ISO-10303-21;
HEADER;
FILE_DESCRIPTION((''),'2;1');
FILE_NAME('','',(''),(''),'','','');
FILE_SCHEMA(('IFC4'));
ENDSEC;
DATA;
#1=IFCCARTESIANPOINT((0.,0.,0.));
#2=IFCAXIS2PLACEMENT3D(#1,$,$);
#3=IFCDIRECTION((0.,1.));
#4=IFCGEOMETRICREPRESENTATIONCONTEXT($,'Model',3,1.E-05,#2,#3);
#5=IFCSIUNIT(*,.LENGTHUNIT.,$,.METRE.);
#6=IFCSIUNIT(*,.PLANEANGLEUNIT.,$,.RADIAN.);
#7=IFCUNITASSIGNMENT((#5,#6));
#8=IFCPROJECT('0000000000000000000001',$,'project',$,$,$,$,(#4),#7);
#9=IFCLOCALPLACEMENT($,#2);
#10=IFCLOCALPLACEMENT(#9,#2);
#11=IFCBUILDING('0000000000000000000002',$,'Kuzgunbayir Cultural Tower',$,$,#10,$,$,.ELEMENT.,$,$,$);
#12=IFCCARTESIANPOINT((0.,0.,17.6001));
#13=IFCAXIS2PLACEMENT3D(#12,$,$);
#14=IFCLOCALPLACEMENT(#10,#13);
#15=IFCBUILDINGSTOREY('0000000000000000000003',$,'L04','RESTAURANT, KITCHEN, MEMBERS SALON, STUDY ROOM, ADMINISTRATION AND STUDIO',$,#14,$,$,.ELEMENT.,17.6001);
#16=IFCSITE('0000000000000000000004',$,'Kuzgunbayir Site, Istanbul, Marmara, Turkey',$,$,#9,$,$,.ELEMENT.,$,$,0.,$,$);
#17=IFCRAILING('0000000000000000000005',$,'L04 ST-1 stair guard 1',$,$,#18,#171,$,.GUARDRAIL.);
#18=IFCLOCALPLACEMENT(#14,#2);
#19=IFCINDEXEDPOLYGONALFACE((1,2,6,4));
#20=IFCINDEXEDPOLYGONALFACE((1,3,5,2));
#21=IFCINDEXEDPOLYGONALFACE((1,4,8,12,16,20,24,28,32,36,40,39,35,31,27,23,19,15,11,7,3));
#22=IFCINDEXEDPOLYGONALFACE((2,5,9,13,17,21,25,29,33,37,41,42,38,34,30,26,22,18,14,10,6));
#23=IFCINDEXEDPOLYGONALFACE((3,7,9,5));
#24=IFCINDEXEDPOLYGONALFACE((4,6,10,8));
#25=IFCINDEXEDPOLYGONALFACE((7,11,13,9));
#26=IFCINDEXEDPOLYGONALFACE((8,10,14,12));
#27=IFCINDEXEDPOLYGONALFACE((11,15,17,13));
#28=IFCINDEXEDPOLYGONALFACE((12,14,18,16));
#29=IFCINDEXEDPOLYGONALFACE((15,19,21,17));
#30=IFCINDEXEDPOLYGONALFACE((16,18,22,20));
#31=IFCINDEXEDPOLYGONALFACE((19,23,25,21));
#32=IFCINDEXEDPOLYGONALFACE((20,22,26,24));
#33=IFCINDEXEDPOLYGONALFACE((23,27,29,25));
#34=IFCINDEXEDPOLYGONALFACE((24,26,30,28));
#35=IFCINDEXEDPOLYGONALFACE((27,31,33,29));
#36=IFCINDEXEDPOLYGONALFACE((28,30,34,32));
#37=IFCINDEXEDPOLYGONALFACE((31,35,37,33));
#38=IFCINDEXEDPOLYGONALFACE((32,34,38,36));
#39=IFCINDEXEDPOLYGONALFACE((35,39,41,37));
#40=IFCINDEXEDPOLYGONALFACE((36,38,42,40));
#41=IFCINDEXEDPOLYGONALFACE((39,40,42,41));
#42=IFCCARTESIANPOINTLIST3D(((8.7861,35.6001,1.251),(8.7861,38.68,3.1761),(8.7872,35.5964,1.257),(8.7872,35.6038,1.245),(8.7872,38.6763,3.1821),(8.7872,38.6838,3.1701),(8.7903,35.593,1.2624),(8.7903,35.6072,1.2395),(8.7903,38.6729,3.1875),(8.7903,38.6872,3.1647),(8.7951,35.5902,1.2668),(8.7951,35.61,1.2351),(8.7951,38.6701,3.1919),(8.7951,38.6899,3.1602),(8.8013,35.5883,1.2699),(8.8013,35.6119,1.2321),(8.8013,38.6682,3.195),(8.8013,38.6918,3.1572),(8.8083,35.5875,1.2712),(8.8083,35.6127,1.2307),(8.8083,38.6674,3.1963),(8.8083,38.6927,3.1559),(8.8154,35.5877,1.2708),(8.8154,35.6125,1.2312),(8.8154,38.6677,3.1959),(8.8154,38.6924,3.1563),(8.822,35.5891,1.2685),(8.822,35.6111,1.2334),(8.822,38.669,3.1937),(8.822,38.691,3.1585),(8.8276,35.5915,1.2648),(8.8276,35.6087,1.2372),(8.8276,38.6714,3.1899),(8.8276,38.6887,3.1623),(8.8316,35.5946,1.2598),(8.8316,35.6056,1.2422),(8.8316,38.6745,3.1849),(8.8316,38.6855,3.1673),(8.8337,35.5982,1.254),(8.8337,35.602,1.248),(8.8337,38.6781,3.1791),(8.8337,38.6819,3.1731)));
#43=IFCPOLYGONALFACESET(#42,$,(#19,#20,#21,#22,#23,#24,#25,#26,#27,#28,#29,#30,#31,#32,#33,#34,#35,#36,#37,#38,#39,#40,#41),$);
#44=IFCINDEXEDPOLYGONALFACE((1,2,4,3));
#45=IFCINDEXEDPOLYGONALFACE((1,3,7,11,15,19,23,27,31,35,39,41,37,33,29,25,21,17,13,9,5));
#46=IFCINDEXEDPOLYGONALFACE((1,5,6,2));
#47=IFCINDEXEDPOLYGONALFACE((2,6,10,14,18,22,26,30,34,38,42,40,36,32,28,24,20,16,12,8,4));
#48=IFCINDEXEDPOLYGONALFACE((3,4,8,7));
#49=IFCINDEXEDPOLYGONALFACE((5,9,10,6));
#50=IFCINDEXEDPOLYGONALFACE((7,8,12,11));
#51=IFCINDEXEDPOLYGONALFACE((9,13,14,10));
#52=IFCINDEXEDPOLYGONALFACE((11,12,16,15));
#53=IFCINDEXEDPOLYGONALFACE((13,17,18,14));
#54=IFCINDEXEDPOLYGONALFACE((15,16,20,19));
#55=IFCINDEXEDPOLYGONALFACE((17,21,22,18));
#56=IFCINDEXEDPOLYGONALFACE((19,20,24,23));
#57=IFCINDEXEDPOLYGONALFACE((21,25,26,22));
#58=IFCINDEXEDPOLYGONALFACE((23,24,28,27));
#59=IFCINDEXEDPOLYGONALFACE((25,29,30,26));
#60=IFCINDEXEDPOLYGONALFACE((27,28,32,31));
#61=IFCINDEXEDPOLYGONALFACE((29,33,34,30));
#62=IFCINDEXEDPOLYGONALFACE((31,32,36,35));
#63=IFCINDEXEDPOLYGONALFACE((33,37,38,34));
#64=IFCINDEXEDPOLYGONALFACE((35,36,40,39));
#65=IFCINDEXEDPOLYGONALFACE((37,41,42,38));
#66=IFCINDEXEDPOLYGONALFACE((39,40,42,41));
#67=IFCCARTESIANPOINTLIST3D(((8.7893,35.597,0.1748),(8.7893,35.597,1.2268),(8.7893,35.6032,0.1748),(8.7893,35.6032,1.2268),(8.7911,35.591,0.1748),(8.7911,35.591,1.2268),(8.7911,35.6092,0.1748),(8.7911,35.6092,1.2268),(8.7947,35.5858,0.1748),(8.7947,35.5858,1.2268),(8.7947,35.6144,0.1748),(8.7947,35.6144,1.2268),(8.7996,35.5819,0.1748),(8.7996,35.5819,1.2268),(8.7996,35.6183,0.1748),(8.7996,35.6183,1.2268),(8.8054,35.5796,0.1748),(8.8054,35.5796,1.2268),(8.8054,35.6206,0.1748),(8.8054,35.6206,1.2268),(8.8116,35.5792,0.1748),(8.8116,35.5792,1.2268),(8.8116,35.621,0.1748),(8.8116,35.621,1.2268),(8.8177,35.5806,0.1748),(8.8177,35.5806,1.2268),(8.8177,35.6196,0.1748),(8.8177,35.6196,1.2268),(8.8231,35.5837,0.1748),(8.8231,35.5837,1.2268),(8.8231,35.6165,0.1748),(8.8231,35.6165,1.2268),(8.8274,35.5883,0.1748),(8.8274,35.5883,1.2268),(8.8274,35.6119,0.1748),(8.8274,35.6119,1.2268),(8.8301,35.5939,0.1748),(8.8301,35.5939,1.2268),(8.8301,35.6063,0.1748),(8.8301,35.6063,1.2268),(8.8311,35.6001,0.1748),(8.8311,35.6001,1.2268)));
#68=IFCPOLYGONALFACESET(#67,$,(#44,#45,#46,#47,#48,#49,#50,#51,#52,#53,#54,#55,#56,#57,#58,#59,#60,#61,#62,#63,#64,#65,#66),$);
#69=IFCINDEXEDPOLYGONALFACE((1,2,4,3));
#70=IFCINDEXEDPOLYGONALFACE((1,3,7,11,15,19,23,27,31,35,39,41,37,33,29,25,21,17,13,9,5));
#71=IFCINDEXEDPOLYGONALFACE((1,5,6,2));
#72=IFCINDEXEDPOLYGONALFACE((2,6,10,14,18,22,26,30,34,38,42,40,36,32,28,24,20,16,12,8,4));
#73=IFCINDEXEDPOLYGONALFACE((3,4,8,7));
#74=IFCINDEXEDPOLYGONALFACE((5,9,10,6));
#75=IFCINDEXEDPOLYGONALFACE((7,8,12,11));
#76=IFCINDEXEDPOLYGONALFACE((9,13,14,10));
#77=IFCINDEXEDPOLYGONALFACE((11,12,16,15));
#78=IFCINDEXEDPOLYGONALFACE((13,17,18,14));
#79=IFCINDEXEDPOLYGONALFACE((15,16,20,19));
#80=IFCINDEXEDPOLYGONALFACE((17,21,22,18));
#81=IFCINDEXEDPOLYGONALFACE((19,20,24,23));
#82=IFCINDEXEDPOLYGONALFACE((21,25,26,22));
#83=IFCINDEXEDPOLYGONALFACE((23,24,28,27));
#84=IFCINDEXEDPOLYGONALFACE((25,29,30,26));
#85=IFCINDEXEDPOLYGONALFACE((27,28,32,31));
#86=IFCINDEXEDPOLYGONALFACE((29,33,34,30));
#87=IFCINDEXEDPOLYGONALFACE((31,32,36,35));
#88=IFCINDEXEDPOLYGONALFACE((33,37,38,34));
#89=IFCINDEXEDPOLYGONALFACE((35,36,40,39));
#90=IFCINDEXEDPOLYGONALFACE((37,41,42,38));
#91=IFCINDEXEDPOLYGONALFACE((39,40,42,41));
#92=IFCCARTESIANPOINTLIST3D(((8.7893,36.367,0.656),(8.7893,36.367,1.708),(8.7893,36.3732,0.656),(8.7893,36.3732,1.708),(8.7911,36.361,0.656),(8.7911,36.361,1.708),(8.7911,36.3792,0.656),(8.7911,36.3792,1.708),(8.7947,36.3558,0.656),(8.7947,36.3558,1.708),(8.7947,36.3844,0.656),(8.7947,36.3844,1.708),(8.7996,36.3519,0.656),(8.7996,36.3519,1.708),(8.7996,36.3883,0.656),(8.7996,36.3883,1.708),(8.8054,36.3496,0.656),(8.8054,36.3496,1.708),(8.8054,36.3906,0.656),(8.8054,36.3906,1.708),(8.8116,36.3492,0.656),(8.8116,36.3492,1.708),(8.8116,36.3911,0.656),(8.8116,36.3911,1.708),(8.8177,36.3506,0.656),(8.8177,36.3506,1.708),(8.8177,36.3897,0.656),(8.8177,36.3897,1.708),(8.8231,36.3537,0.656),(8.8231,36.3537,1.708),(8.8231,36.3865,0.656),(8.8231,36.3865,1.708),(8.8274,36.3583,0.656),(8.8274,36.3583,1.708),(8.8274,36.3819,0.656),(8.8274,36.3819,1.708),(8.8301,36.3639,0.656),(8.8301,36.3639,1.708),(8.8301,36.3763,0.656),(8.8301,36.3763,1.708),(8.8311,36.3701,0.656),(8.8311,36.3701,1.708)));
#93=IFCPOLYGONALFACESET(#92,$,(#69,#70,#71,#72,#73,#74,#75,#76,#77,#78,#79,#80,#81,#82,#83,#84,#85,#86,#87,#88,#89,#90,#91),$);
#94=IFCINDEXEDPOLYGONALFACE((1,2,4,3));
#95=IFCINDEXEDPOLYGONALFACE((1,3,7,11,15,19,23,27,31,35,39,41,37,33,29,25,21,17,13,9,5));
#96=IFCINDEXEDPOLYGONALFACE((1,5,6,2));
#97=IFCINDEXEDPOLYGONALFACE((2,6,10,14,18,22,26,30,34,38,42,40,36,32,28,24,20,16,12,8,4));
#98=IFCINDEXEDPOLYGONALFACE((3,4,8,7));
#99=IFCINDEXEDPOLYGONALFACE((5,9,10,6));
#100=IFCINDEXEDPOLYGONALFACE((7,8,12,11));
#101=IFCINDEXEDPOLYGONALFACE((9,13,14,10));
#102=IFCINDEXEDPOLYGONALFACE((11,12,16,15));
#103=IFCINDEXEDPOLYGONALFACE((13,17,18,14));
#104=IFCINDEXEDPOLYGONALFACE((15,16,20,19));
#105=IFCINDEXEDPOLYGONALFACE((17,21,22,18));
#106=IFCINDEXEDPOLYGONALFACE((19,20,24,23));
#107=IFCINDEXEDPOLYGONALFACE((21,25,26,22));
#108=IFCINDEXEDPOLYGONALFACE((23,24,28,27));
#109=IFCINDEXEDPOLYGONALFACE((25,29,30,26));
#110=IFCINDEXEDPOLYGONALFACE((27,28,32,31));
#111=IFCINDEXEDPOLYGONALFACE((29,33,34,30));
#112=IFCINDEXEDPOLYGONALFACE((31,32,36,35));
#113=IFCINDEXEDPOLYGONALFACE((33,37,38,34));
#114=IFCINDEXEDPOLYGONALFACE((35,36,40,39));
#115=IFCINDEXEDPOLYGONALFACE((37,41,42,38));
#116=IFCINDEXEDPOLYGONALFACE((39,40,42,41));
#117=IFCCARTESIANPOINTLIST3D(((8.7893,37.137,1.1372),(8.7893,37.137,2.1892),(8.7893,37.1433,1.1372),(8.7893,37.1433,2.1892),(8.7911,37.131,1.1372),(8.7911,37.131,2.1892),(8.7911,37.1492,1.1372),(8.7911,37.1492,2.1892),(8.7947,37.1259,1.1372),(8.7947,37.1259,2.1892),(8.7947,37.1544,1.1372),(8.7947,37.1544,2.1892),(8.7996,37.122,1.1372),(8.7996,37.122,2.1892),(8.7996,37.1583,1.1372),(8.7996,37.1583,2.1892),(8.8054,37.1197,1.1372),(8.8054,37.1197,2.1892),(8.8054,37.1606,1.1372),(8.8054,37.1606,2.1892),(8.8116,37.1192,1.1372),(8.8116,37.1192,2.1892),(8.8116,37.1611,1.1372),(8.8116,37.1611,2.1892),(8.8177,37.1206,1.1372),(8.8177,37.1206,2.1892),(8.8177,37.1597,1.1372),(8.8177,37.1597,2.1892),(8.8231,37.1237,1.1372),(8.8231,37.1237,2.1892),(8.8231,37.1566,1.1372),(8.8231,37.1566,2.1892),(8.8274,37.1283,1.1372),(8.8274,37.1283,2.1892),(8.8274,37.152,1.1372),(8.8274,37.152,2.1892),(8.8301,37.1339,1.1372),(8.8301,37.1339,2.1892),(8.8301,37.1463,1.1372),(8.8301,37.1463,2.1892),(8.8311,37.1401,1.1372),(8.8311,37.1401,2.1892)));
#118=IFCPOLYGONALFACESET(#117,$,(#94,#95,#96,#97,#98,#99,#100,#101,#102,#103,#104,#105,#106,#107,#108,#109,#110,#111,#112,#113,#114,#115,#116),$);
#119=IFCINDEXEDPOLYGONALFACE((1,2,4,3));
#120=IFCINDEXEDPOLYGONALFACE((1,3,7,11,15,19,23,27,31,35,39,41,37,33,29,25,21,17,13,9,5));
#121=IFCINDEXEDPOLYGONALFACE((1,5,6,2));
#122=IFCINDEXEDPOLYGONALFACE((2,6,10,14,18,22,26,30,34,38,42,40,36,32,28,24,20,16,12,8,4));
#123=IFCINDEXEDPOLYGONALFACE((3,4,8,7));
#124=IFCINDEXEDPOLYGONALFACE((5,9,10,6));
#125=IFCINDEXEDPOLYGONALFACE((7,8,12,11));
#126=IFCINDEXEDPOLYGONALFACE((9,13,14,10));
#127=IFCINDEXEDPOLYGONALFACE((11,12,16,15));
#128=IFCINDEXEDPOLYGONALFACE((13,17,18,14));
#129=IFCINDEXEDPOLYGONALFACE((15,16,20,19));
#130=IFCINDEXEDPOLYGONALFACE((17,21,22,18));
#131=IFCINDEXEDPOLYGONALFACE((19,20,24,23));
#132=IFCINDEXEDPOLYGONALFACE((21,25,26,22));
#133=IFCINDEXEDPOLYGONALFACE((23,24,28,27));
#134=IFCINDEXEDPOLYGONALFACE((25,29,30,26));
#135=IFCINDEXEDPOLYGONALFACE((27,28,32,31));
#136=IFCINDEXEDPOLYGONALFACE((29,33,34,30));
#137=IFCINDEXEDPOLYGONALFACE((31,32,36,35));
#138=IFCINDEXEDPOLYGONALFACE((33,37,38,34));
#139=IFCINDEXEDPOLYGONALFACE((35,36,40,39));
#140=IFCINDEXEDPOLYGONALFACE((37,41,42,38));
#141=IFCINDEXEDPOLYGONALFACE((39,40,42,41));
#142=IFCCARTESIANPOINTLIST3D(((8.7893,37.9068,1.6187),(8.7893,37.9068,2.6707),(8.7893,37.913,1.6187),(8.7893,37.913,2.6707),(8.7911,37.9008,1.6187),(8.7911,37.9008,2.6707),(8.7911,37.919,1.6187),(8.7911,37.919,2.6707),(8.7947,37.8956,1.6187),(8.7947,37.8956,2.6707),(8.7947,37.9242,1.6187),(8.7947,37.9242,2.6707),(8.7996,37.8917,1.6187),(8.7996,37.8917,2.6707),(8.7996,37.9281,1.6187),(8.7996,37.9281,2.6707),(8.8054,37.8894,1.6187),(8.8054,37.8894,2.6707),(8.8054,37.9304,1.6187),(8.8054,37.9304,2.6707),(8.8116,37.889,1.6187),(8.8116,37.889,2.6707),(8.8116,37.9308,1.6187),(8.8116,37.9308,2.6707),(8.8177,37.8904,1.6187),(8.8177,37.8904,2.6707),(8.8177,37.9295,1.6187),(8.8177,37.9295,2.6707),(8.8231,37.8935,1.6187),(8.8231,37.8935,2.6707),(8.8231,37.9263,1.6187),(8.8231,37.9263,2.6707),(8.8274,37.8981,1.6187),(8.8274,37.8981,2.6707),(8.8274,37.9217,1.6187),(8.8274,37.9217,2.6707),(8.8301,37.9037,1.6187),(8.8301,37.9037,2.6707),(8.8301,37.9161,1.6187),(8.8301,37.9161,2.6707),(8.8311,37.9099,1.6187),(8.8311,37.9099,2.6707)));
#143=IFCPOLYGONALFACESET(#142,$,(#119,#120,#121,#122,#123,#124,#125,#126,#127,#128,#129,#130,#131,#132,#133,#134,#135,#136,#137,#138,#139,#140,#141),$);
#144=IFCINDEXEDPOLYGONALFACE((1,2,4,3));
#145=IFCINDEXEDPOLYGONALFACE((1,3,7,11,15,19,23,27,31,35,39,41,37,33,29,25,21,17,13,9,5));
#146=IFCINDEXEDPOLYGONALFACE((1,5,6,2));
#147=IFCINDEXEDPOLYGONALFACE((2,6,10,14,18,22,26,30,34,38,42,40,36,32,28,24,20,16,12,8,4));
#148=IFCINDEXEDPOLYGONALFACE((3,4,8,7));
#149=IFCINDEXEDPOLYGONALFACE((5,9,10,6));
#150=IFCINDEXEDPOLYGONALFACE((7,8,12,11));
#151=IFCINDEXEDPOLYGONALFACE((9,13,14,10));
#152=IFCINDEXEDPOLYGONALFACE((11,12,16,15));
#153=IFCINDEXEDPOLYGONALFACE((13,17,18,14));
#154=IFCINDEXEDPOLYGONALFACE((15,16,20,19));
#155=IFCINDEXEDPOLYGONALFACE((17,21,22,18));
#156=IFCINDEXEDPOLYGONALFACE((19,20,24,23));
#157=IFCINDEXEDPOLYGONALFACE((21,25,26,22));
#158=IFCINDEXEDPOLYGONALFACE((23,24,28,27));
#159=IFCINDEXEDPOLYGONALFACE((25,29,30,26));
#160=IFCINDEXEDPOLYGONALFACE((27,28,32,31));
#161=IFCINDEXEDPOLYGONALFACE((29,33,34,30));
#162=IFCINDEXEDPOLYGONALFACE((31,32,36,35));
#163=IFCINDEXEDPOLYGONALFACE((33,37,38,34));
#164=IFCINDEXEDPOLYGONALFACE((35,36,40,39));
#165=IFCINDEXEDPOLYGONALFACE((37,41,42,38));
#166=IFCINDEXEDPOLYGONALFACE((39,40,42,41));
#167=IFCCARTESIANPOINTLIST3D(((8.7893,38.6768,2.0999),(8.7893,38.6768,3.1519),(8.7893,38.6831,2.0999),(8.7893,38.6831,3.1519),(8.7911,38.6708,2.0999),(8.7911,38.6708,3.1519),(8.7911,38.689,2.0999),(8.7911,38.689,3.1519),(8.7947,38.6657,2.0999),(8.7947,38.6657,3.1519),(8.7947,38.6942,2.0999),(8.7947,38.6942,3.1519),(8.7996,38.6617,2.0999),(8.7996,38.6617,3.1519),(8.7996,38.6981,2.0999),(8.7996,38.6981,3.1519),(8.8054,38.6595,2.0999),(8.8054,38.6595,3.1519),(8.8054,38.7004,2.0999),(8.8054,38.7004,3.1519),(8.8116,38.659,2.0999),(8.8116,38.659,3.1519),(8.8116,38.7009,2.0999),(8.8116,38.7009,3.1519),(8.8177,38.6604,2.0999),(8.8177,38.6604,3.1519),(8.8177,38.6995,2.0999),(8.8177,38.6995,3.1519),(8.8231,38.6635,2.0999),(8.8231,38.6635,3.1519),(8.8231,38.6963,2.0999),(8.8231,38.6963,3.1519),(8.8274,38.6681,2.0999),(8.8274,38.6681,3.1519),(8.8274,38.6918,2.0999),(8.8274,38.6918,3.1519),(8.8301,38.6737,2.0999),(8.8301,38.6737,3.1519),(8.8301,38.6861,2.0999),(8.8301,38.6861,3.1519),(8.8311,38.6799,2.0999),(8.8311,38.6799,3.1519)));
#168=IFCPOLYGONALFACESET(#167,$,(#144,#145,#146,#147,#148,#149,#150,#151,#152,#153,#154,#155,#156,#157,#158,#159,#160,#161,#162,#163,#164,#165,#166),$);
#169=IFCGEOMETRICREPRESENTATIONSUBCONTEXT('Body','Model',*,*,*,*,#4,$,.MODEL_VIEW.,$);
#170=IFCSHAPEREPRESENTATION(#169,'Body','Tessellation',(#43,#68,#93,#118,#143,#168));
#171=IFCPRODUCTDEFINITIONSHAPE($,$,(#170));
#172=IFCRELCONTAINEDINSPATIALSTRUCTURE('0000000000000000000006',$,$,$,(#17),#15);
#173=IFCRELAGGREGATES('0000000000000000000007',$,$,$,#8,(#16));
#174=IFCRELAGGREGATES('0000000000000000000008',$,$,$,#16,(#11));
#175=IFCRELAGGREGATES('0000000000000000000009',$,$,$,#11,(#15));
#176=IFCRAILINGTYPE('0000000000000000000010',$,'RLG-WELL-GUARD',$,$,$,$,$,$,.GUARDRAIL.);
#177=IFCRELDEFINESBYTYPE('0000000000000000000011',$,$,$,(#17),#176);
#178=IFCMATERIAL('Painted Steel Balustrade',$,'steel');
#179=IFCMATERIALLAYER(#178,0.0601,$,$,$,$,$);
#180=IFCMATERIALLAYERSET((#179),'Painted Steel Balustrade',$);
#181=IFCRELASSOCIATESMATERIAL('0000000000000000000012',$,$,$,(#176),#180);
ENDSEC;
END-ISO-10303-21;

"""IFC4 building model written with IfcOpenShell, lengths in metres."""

from ifc_helpers import new_model, si_unit, direction, frame, origin, origin_2d, place, context, subcontext, project, spatial, circle, extrude, material, layer, layer_set, type_object, element, save


model = new_model("IFC4")

# Units and contexts
model_context = context("Model", 3, precision=1e-05, world=origin(), true_north=direction((0.0, 1.0)))
body_context = subcontext(model_context, "Body", "Model", "MODEL_VIEW")
ifc_project = project(units=[si_unit("LENGTHUNIT", "METRE"), si_unit("PLANEANGLEUNIT", "RADIAN")], contexts=[model_context])

# Site, building, storey
site_placement = place(None, origin())
site = spatial("IfcSite", under=ifc_project, at=site_placement, Name="Kuzgunbayir Site, Istanbul, Marmara, Turkey", CompositionType="ELEMENT", RefElevation=0.0)
building_placement = place(site_placement, origin())
building = spatial("IfcBuilding", under=site, at=building_placement, Name="Kuzgunbayir Cultural Tower", CompositionType="ELEMENT")
storey_placement = place(building_placement, frame((0.0, 0.0, 17.6001)))
storey = spatial("IfcBuildingStorey", under=building, at=storey_placement, Name="L04", Description="RESTAURANT, KITCHEN, MEMBERS SALON, STUDY ROOM, ADMINISTRATION AND STUDIO", CompositionType="ELEMENT", Elevation=17.6001)

# Railing
ifc_material_1 = material(Name="Painted Steel Balustrade", Category="steel")
ifc_layer_1 = layer(ifc_material_1, 0.0601)
ifc_layer_set_1 = layer_set([ifc_layer_1], Name="Painted Steel Balustrade")
railing_type = type_object("IfcRailingType", Name="RLG-WELL-GUARD", PredefinedType="GUARDRAIL", material=ifc_layer_set_1)
railing_1_placement = place(storey_placement, frame((8.8101, 35.6001, 0.1748)))
element("IfcRailing", 1, at=railing_1_placement, inside=storey, type_object=railing_type, Name="L04 ST-1 stair guard 1", PredefinedType="GUARDRAIL", context=body_context, shape_type="SweptSolid", body=[
    extrude(circle(Radius=0.0239, at=origin_2d()), frame((0.0, 0.0, 1.0762), z_axis=(0.0, 0.847979, 0.530029), x_axis=(-1.0, 0.0, 0.0)), (0.0, 0.0, 1.0), 3.6321),
    extrude(circle(Radius=0.021, at=origin_2d()), origin(), (0.0, 0.0, 1.0), 1.052),
    extrude(circle(Radius=0.021, at=origin_2d()), frame((0.0, 0.77, 0.4812)), (0.0, 0.0, 1.0), 1.052),
    extrude(circle(Radius=0.021, at=origin_2d()), frame((0.0, 1.54, 0.9624)), (0.0, 0.0, 1.0), 1.052),
    extrude(circle(Radius=0.021, at=origin_2d()), frame((0.0, 2.3098, 1.4438)), (0.0, 0.0, 1.0), 1.052),
    extrude(circle(Radius=0.021, at=origin_2d()), frame((0.0, 3.0798, 1.925)), (0.0, 0.0, 1.0), 1.052),
])

save(model, "model.ifc")
